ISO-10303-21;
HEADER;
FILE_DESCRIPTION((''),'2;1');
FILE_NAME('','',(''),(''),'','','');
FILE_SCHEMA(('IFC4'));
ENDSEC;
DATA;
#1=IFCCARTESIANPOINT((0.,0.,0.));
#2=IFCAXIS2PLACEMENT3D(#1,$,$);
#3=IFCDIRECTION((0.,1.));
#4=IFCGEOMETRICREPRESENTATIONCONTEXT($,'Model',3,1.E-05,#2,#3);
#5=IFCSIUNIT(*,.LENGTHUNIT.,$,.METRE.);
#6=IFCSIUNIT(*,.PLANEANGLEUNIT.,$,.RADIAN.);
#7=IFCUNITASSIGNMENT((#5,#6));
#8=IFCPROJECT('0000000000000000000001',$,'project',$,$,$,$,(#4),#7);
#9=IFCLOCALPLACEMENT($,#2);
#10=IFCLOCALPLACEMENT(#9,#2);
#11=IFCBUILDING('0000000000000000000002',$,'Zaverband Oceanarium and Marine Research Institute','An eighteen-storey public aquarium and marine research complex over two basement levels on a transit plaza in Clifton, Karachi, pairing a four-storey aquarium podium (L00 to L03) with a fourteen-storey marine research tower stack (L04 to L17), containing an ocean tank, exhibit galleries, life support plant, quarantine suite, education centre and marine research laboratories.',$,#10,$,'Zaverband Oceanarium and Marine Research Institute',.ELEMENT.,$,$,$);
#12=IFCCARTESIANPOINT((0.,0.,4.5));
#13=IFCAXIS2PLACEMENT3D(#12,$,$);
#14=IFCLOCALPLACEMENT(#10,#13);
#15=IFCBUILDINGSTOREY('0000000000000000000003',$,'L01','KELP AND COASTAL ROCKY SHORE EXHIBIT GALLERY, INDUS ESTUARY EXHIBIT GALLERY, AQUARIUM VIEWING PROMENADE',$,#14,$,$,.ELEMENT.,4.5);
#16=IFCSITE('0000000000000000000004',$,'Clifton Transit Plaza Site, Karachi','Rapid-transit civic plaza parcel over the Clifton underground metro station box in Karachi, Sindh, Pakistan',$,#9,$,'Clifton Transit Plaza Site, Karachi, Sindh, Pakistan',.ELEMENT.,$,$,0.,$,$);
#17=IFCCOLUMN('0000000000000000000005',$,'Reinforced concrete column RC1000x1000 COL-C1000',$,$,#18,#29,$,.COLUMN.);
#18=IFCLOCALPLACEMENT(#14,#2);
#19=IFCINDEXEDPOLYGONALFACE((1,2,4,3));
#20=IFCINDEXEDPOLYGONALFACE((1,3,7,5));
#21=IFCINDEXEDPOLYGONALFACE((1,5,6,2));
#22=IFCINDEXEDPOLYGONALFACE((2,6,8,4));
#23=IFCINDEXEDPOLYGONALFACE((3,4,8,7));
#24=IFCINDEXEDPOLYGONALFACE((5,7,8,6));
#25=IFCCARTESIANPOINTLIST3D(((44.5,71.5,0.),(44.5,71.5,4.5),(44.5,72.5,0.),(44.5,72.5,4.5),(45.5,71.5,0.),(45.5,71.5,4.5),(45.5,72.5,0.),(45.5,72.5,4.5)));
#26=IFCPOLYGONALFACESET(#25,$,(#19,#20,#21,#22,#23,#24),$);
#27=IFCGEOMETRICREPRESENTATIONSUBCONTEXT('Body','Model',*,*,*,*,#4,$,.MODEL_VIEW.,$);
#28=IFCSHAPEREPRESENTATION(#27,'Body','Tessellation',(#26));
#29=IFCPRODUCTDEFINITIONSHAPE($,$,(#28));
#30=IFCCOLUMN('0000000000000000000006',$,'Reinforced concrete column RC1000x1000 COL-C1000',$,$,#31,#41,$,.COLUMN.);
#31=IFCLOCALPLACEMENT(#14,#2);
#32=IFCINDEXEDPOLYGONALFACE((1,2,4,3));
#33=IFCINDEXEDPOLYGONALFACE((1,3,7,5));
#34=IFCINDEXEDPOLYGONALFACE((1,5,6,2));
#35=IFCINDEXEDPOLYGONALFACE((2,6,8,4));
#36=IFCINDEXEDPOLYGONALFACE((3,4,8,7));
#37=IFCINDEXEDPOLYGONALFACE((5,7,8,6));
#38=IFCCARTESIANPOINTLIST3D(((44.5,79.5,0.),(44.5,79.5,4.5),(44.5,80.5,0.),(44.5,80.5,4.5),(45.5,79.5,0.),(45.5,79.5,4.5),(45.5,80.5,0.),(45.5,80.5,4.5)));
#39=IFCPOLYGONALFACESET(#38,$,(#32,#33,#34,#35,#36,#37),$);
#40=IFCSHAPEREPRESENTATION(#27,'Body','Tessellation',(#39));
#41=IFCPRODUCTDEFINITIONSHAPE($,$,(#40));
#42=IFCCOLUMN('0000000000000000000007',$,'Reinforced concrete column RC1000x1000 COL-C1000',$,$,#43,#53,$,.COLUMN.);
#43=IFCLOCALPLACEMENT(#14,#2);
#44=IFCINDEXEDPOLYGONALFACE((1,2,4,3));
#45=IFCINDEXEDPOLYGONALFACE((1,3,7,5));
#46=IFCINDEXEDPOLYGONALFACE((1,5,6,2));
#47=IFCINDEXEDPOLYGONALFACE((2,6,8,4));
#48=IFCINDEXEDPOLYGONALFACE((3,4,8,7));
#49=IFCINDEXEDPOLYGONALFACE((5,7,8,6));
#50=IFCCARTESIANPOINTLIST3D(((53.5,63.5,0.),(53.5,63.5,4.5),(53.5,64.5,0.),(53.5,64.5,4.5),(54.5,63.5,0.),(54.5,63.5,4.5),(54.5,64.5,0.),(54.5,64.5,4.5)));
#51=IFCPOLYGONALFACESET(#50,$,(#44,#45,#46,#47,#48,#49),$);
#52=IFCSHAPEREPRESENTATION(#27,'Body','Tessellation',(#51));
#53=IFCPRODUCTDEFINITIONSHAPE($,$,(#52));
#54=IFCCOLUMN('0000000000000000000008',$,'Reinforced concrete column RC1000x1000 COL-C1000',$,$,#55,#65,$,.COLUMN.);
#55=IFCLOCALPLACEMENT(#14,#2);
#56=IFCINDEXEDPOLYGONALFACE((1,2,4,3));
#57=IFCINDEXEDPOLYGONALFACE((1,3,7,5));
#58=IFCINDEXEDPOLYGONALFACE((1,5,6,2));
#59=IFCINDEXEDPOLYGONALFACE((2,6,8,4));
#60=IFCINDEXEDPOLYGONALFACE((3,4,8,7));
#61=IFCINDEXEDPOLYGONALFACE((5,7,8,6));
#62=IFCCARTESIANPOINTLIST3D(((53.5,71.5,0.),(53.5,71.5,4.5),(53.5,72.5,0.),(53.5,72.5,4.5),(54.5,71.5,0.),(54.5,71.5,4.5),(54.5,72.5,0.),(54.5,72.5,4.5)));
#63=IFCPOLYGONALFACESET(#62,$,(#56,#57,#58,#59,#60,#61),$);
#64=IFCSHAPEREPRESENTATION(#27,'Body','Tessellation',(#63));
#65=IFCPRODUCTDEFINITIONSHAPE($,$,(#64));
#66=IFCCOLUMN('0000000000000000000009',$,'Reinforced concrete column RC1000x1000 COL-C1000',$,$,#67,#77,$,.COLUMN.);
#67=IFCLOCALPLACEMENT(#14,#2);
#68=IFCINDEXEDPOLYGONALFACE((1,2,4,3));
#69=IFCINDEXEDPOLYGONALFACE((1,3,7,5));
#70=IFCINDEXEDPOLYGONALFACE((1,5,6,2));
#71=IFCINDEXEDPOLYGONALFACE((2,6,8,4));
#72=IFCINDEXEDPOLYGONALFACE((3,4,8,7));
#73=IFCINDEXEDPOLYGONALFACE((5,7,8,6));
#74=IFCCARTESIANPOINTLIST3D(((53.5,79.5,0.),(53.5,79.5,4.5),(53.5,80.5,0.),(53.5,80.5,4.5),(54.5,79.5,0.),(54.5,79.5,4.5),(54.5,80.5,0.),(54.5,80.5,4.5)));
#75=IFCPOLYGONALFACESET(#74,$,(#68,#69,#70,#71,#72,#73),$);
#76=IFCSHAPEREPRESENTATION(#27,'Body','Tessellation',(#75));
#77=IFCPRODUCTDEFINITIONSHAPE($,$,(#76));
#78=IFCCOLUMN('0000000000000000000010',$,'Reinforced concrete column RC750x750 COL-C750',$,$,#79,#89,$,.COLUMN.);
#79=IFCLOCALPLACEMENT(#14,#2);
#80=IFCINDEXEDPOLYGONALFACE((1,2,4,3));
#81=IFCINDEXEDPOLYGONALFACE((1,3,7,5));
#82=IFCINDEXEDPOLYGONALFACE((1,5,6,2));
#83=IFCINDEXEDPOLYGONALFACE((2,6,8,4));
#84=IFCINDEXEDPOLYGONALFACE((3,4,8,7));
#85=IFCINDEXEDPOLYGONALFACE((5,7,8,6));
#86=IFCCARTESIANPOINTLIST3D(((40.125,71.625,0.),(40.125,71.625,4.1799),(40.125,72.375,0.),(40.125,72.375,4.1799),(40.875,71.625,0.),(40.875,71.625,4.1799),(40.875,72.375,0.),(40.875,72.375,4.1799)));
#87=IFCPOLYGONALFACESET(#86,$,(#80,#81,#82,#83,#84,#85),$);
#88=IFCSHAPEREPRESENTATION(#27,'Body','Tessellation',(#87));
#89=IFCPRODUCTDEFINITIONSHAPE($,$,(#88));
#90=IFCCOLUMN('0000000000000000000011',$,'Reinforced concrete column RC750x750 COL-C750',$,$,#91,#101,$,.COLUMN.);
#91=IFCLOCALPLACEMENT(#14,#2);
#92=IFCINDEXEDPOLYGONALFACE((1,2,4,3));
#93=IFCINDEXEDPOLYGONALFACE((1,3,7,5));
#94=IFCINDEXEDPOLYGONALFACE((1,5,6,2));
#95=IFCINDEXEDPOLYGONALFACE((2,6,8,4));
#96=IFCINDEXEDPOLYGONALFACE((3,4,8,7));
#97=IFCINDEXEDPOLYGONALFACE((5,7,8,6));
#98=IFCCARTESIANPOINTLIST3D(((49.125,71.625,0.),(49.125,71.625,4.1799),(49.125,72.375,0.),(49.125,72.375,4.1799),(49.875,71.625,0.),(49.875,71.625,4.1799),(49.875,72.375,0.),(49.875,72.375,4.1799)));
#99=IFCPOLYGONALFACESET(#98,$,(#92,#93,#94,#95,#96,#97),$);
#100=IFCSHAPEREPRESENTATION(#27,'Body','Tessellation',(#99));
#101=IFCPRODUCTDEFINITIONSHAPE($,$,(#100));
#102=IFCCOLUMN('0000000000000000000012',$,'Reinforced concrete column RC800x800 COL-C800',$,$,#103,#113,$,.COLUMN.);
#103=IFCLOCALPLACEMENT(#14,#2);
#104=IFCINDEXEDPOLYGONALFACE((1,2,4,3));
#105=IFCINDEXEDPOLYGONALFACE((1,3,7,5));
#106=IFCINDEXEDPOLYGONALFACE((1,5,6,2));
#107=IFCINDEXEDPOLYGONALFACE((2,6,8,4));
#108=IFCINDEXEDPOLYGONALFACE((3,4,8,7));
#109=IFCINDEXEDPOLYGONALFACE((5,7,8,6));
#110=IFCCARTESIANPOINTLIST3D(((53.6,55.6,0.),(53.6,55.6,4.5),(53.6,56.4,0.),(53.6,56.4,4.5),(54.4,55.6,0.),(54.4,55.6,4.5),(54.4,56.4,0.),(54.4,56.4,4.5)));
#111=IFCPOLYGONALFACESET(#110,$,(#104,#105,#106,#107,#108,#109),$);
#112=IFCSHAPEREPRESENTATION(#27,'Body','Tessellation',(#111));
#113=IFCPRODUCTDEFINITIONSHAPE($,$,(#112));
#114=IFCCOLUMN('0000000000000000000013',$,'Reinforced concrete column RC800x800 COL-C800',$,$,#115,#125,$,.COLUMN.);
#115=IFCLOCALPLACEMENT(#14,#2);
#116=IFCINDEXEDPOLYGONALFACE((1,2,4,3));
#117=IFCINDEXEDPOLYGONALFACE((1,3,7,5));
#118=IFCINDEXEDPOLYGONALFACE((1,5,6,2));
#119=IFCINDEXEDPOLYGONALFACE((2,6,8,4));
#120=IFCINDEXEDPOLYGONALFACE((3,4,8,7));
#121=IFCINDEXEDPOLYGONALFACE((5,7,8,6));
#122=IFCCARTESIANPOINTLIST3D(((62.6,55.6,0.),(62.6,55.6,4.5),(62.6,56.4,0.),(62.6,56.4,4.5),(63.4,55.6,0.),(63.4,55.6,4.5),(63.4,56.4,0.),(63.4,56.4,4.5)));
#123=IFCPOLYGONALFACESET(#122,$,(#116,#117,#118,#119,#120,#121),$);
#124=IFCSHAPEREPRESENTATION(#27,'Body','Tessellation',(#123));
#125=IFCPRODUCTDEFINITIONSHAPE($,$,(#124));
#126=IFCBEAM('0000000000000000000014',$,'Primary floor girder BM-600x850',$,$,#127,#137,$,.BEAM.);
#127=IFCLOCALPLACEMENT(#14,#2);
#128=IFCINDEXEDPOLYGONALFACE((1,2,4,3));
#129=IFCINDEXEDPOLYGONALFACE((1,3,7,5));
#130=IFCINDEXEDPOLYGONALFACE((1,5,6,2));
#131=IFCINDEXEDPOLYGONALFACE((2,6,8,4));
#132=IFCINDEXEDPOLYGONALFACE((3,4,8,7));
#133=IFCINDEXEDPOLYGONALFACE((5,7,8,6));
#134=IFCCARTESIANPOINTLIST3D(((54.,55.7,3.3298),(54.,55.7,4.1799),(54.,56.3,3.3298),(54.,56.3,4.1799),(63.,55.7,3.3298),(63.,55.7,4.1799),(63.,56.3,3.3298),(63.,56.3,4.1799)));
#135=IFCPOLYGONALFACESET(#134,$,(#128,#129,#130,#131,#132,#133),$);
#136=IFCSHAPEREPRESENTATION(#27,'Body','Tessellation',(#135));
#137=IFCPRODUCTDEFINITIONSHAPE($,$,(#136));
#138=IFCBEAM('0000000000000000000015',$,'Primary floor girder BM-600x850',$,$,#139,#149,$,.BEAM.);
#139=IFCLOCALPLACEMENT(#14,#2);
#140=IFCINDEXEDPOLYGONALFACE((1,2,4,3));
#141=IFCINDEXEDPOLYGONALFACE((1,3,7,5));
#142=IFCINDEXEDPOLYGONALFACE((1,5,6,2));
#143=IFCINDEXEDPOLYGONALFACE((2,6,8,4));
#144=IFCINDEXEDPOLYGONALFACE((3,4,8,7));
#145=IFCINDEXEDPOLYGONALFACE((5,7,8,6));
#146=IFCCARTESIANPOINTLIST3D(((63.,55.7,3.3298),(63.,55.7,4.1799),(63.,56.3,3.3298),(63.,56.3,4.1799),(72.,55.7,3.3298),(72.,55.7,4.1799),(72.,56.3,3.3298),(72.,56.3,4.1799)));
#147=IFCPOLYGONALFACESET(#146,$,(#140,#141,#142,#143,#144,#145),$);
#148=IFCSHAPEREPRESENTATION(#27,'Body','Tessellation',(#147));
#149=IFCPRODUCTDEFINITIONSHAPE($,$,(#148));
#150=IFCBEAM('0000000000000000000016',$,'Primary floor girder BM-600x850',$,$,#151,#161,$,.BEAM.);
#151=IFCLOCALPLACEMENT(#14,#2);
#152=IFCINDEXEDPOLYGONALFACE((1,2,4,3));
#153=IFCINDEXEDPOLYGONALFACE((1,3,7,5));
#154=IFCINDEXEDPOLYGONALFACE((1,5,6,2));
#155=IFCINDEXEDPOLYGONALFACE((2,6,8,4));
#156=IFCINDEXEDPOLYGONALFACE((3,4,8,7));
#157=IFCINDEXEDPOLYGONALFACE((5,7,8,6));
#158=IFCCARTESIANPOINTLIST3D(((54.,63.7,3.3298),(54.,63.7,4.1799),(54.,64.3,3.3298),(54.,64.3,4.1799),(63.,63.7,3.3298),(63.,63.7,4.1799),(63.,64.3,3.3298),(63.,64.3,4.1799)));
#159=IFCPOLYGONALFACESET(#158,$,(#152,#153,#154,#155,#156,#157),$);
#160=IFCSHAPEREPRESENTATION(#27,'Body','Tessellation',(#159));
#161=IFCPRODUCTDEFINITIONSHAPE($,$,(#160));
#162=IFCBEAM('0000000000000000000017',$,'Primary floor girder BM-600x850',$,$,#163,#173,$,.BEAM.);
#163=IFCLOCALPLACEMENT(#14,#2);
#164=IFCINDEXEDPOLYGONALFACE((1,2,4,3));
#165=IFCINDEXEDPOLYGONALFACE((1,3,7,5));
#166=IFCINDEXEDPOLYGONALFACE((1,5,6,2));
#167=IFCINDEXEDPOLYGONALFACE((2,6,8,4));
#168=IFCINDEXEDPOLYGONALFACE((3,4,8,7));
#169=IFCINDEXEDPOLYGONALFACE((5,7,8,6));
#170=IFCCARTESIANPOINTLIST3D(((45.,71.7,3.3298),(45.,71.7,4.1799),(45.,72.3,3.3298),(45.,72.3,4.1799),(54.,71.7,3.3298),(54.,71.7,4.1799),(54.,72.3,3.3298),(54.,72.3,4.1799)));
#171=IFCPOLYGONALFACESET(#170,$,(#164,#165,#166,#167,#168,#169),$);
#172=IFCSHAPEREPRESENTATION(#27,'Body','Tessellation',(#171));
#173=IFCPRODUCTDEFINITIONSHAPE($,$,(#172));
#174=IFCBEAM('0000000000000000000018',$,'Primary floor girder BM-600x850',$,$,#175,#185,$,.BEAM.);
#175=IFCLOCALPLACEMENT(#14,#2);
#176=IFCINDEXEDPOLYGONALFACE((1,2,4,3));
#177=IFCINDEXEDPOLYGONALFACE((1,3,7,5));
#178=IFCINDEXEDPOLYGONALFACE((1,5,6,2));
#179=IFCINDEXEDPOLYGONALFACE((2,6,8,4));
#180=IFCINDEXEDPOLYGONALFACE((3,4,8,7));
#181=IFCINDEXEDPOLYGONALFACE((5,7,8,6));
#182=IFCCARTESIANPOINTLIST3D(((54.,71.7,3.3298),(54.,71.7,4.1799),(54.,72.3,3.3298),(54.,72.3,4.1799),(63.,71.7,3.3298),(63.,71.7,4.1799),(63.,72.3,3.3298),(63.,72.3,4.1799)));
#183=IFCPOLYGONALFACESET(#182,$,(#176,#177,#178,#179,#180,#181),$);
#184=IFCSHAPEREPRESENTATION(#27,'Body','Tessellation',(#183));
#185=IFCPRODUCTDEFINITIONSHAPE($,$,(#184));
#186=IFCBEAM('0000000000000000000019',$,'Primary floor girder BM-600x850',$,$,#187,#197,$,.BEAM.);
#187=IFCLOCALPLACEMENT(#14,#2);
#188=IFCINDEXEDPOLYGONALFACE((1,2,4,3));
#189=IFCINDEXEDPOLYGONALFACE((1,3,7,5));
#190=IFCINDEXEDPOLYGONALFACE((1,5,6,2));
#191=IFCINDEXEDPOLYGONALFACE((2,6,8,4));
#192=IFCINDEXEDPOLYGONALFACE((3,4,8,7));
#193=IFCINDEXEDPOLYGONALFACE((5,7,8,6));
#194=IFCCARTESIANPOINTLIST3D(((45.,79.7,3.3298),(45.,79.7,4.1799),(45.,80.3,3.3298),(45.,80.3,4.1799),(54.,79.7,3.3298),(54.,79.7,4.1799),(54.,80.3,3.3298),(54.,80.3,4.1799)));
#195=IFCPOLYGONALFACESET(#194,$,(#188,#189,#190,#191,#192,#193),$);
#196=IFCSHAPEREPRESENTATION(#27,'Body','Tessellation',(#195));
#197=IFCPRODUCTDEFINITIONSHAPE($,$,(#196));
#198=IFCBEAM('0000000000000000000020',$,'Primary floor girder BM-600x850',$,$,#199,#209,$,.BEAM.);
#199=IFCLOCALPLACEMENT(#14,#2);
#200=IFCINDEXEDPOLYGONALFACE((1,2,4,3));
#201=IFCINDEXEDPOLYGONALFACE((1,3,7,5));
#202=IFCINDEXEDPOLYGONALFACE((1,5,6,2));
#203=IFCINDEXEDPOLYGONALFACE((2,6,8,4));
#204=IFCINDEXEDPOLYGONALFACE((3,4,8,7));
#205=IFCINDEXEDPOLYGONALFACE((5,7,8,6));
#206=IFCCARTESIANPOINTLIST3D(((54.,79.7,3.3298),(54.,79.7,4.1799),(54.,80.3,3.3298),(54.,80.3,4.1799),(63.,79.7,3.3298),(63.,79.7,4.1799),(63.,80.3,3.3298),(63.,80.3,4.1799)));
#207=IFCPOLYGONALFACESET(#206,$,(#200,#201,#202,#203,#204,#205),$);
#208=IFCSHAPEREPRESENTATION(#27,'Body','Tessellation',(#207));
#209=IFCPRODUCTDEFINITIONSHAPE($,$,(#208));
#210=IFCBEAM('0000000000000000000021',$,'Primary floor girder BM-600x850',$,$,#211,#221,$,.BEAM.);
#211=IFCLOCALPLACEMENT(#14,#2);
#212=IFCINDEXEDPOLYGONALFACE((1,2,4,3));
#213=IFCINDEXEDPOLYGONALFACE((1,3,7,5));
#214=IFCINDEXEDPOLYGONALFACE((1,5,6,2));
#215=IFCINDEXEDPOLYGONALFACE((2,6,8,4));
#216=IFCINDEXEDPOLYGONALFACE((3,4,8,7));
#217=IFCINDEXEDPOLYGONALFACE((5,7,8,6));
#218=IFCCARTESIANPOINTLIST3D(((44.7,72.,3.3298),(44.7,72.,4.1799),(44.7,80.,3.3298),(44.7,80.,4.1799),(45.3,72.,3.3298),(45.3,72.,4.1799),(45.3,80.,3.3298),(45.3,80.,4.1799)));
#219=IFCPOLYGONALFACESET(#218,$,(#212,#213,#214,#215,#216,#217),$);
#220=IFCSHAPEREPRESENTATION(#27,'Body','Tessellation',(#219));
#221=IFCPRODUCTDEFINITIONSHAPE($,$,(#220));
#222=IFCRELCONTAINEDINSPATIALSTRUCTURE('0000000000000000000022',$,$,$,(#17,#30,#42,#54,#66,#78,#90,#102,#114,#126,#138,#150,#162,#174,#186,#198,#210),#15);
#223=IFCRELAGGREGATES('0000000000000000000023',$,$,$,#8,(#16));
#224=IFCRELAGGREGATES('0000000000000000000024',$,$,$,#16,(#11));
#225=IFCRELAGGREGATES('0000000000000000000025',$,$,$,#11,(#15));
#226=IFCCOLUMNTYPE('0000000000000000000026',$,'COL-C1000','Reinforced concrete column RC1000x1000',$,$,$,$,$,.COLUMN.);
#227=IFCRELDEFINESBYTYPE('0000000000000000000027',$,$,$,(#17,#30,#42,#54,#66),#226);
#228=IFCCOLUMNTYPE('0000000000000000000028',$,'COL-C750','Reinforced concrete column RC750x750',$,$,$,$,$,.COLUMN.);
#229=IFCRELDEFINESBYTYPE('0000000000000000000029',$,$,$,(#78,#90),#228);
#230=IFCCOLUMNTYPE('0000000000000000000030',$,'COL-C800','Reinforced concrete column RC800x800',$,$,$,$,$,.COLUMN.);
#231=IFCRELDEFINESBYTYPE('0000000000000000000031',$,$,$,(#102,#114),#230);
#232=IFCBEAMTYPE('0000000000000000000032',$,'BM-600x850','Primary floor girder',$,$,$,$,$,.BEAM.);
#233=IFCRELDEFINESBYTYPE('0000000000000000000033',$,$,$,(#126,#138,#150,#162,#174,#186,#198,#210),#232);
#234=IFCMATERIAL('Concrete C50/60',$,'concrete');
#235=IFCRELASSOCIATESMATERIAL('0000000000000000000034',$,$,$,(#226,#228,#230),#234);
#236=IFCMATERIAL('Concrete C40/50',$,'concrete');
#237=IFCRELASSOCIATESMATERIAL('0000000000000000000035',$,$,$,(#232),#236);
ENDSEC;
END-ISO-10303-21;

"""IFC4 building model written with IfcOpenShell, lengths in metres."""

from ifc_helpers import new_model, si_unit, direction, frame, origin, origin_2d, place, context, subcontext, project, spatial, rectangle, extrude, material, material_profile, profile_set, type_object, element, save


model = new_model("IFC4")

# Units and contexts
model_context = context("Model", 3, precision=1e-05, world=origin(), true_north=direction((0.0, 1.0)))
body_context = subcontext(model_context, "Body", "Model", "MODEL_VIEW")
ifc_project = project(units=[si_unit("LENGTHUNIT", "METRE"), si_unit("PLANEANGLEUNIT", "RADIAN")], contexts=[model_context])

# Site, building, storey
site_placement = place(None, origin())
site = spatial("IfcSite", under=ifc_project, at=site_placement, Name="Clifton Transit Plaza Site, Karachi", Description="Rapid-transit civic plaza parcel over the Clifton underground metro station box in Karachi, Sindh, Pakistan", LongName="Clifton Transit Plaza Site, Karachi, Sindh, Pakistan", CompositionType="ELEMENT", RefElevation=0.0)
building_placement = place(site_placement, origin())
building = spatial("IfcBuilding", under=site, at=building_placement, Name="Zaverband Oceanarium and Marine Research Institute", Description="An eighteen-storey public aquarium and marine research complex over two basement levels on a transit plaza in Clifton, Karachi, pairing a four-storey aquarium podium (L00 to L03) with a fourteen-storey marine research tower stack (L04 to L17), containing an ocean tank, exhibit galleries, life support plant, quarantine suite, education centre and marine research laboratories.", LongName="Zaverband Oceanarium and Marine Research Institute", CompositionType="ELEMENT")
storey_placement = place(building_placement, frame((0.0, 0.0, 4.5)))
storey = spatial("IfcBuildingStorey", under=building, at=storey_placement, Name="L01", Description="KELP AND COASTAL ROCKY SHORE EXHIBIT GALLERY, INDUS ESTUARY EXHIBIT GALLERY, AQUARIUM VIEWING PROMENADE", CompositionType="ELEMENT", Elevation=4.5)

# Columns
ifc_material_1 = material(Name="Concrete C50/60", Category="concrete")
ifc_material_profile_1 = material_profile(ifc_material_1, rectangle(XDim=1.0, YDim=1.0, at=origin_2d()), Name="RC1000x1000")
ifc_profile_set_1 = profile_set([ifc_material_profile_1], Name="Concrete C50/60")
column_type_1 = type_object("IfcColumnType", Name="COL-C1000", Description="Reinforced concrete column RC1000x1000", PredefinedType="COLUMN", material=ifc_profile_set_1)
for number, where, z_axis, x_axis, name in (
    (1, (45.0, 72.0, 0.0), (0.0, 0.0, 1.0), (1.0, 0.0, 0.0), "Reinforced concrete column RC1000x1000 COL-C1000"),
    (2, (45.0, 80.0, 0.0), (0.0, 0.0, 1.0), (1.0, 0.0, 0.0), "Reinforced concrete column RC1000x1000 COL-C1000"),
    (3, (54.0, 64.0, 0.0), (0.0, 0.0, 1.0), (1.0, 0.0, 0.0), "Reinforced concrete column RC1000x1000 COL-C1000"),
    (4, (54.0, 72.0, 0.0), (0.0, 0.0, 1.0), (1.0, 0.0, 0.0), "Reinforced concrete column RC1000x1000 COL-C1000"),
    (5, (54.0, 80.0, 0.0), (0.0, 0.0, 1.0), (1.0, 0.0, 0.0), "Reinforced concrete column RC1000x1000 COL-C1000"),
):
    element("IfcColumn", number, at=place(storey_placement, frame(where, z_axis=z_axis, x_axis=x_axis)), inside=storey, type_object=column_type_1, Name=name, PredefinedType="COLUMN", context=body_context, shape_type="SweptSolid", body=[
        extrude(rectangle(XDim=1.0, YDim=1.0, at=origin_2d()), origin(), (0.0, 0.0, 1.0), 4.5),
    ])
ifc_material_profile_2 = material_profile(ifc_material_1, rectangle(XDim=0.75, YDim=0.75, at=origin_2d()), Name="RC750x750")
ifc_profile_set_2 = profile_set([ifc_material_profile_2], Name="Concrete C50/60")
column_type_2 = type_object("IfcColumnType", Name="COL-C750", Description="Reinforced concrete column RC750x750", PredefinedType="COLUMN", material=ifc_profile_set_2)
for number, where, z_axis, x_axis, name in (
    (6, (40.5, 72.0, 0.0), (0.0, 0.0, 1.0), (1.0, 0.0, 0.0), "Reinforced concrete column RC750x750 COL-C750"),
    (7, (49.5, 72.0, 0.0), (0.0, 0.0, 1.0), (1.0, 0.0, 0.0), "Reinforced concrete column RC750x750 COL-C750"),
):
    element("IfcColumn", number, at=place(storey_placement, frame(where, z_axis=z_axis, x_axis=x_axis)), inside=storey, type_object=column_type_2, Name=name, PredefinedType="COLUMN", context=body_context, shape_type="SweptSolid", body=[
        extrude(rectangle(XDim=0.75, YDim=0.75, at=origin_2d()), origin(), (0.0, 0.0, 1.0), 4.1799),
    ])
ifc_material_profile_3 = material_profile(ifc_material_1, rectangle(XDim=0.8, YDim=0.8, at=origin_2d()), Name="RC800x800")
ifc_profile_set_3 = profile_set([ifc_material_profile_3], Name="Concrete C50/60")
column_type_3 = type_object("IfcColumnType", Name="COL-C800", Description="Reinforced concrete column RC800x800", PredefinedType="COLUMN", material=ifc_profile_set_3)
for number, where, z_axis, x_axis, name in (
    (8, (54.0, 56.0, 0.0), (0.0, 0.0, 1.0), (1.0, 0.0, 0.0), "Reinforced concrete column RC800x800 COL-C800"),
    (9, (63.0, 56.0, 0.0), (0.0, 0.0, 1.0), (1.0, 0.0, 0.0), "Reinforced concrete column RC800x800 COL-C800"),
):
    element("IfcColumn", number, at=place(storey_placement, frame(where, z_axis=z_axis, x_axis=x_axis)), inside=storey, type_object=column_type_3, Name=name, PredefinedType="COLUMN", context=body_context, shape_type="SweptSolid", body=[
        extrude(rectangle(XDim=0.8, YDim=0.8, at=origin_2d()), origin(), (0.0, 0.0, 1.0), 4.5),
    ])

# Beams
ifc_material_2 = material(Name="Concrete C40/50", Category="concrete")
ifc_material_profile_4 = material_profile(ifc_material_2, rectangle(XDim=0.6001, YDim=0.8501, at=origin_2d()), Name="RC600x850")
ifc_profile_set_4 = profile_set([ifc_material_profile_4], Name="Concrete C40/50")
beam_type_1 = type_object("IfcBeamType", Name="BM-600x850", Description="Primary floor girder", PredefinedType="BEAM", material=ifc_profile_set_4)
for number, where, z_axis, x_axis, name in (
    (10, (54.0, 56.0, 3.7549), (1.0, 0.0, 0.0), (0.0, 1.0, 0.0), "Primary floor girder BM-600x850"),
    (11, (63.0, 56.0, 3.7549), (1.0, 0.0, 0.0), (0.0, 1.0, 0.0), "Primary floor girder BM-600x850"),
    (12, (54.0, 64.0, 3.7549), (1.0, 0.0, 0.0), (0.0, 1.0, 0.0), "Primary floor girder BM-600x850"),
    (13, (45.0, 72.0, 3.7549), (1.0, 0.0, 0.0), (0.0, 1.0, 0.0), "Primary floor girder BM-600x850"),
    (14, (54.0, 72.0, 3.7549), (1.0, 0.0, 0.0), (0.0, 1.0, 0.0), "Primary floor girder BM-600x850"),
    (15, (45.0, 80.0, 3.7549), (1.0, 0.0, 0.0), (0.0, 1.0, 0.0), "Primary floor girder BM-600x850"),
    (16, (54.0, 80.0, 3.7549), (1.0, 0.0, 0.0), (0.0, 1.0, 0.0), "Primary floor girder BM-600x850"),
):
    element("IfcBeam", number, at=place(storey_placement, frame(where, z_axis=z_axis, x_axis=x_axis)), inside=storey, type_object=beam_type_1, Name=name, PredefinedType="BEAM", context=body_context, shape_type="SweptSolid", body=[
        extrude(rectangle(XDim=0.6001, YDim=0.8501, at=origin_2d()), origin(), (0.0, 0.0, 1.0), 9.0),
    ])
for number, where, z_axis, x_axis, name in (
    (17, (45.0, 72.0, 3.7549), (0.0, 1.0, 0.0), (-1.0, 0.0, 0.0), "Primary floor girder BM-600x850"),
):
    element("IfcBeam", number, at=place(storey_placement, frame(where, z_axis=z_axis, x_axis=x_axis)), inside=storey, type_object=beam_type_1, Name=name, PredefinedType="BEAM", context=body_context, shape_type="SweptSolid", body=[
        extrude(rectangle(XDim=0.6001, YDim=0.8501, at=origin_2d()), origin(), (0.0, 0.0, 1.0), 8.0),
    ])

save(model, "model.ifc")
